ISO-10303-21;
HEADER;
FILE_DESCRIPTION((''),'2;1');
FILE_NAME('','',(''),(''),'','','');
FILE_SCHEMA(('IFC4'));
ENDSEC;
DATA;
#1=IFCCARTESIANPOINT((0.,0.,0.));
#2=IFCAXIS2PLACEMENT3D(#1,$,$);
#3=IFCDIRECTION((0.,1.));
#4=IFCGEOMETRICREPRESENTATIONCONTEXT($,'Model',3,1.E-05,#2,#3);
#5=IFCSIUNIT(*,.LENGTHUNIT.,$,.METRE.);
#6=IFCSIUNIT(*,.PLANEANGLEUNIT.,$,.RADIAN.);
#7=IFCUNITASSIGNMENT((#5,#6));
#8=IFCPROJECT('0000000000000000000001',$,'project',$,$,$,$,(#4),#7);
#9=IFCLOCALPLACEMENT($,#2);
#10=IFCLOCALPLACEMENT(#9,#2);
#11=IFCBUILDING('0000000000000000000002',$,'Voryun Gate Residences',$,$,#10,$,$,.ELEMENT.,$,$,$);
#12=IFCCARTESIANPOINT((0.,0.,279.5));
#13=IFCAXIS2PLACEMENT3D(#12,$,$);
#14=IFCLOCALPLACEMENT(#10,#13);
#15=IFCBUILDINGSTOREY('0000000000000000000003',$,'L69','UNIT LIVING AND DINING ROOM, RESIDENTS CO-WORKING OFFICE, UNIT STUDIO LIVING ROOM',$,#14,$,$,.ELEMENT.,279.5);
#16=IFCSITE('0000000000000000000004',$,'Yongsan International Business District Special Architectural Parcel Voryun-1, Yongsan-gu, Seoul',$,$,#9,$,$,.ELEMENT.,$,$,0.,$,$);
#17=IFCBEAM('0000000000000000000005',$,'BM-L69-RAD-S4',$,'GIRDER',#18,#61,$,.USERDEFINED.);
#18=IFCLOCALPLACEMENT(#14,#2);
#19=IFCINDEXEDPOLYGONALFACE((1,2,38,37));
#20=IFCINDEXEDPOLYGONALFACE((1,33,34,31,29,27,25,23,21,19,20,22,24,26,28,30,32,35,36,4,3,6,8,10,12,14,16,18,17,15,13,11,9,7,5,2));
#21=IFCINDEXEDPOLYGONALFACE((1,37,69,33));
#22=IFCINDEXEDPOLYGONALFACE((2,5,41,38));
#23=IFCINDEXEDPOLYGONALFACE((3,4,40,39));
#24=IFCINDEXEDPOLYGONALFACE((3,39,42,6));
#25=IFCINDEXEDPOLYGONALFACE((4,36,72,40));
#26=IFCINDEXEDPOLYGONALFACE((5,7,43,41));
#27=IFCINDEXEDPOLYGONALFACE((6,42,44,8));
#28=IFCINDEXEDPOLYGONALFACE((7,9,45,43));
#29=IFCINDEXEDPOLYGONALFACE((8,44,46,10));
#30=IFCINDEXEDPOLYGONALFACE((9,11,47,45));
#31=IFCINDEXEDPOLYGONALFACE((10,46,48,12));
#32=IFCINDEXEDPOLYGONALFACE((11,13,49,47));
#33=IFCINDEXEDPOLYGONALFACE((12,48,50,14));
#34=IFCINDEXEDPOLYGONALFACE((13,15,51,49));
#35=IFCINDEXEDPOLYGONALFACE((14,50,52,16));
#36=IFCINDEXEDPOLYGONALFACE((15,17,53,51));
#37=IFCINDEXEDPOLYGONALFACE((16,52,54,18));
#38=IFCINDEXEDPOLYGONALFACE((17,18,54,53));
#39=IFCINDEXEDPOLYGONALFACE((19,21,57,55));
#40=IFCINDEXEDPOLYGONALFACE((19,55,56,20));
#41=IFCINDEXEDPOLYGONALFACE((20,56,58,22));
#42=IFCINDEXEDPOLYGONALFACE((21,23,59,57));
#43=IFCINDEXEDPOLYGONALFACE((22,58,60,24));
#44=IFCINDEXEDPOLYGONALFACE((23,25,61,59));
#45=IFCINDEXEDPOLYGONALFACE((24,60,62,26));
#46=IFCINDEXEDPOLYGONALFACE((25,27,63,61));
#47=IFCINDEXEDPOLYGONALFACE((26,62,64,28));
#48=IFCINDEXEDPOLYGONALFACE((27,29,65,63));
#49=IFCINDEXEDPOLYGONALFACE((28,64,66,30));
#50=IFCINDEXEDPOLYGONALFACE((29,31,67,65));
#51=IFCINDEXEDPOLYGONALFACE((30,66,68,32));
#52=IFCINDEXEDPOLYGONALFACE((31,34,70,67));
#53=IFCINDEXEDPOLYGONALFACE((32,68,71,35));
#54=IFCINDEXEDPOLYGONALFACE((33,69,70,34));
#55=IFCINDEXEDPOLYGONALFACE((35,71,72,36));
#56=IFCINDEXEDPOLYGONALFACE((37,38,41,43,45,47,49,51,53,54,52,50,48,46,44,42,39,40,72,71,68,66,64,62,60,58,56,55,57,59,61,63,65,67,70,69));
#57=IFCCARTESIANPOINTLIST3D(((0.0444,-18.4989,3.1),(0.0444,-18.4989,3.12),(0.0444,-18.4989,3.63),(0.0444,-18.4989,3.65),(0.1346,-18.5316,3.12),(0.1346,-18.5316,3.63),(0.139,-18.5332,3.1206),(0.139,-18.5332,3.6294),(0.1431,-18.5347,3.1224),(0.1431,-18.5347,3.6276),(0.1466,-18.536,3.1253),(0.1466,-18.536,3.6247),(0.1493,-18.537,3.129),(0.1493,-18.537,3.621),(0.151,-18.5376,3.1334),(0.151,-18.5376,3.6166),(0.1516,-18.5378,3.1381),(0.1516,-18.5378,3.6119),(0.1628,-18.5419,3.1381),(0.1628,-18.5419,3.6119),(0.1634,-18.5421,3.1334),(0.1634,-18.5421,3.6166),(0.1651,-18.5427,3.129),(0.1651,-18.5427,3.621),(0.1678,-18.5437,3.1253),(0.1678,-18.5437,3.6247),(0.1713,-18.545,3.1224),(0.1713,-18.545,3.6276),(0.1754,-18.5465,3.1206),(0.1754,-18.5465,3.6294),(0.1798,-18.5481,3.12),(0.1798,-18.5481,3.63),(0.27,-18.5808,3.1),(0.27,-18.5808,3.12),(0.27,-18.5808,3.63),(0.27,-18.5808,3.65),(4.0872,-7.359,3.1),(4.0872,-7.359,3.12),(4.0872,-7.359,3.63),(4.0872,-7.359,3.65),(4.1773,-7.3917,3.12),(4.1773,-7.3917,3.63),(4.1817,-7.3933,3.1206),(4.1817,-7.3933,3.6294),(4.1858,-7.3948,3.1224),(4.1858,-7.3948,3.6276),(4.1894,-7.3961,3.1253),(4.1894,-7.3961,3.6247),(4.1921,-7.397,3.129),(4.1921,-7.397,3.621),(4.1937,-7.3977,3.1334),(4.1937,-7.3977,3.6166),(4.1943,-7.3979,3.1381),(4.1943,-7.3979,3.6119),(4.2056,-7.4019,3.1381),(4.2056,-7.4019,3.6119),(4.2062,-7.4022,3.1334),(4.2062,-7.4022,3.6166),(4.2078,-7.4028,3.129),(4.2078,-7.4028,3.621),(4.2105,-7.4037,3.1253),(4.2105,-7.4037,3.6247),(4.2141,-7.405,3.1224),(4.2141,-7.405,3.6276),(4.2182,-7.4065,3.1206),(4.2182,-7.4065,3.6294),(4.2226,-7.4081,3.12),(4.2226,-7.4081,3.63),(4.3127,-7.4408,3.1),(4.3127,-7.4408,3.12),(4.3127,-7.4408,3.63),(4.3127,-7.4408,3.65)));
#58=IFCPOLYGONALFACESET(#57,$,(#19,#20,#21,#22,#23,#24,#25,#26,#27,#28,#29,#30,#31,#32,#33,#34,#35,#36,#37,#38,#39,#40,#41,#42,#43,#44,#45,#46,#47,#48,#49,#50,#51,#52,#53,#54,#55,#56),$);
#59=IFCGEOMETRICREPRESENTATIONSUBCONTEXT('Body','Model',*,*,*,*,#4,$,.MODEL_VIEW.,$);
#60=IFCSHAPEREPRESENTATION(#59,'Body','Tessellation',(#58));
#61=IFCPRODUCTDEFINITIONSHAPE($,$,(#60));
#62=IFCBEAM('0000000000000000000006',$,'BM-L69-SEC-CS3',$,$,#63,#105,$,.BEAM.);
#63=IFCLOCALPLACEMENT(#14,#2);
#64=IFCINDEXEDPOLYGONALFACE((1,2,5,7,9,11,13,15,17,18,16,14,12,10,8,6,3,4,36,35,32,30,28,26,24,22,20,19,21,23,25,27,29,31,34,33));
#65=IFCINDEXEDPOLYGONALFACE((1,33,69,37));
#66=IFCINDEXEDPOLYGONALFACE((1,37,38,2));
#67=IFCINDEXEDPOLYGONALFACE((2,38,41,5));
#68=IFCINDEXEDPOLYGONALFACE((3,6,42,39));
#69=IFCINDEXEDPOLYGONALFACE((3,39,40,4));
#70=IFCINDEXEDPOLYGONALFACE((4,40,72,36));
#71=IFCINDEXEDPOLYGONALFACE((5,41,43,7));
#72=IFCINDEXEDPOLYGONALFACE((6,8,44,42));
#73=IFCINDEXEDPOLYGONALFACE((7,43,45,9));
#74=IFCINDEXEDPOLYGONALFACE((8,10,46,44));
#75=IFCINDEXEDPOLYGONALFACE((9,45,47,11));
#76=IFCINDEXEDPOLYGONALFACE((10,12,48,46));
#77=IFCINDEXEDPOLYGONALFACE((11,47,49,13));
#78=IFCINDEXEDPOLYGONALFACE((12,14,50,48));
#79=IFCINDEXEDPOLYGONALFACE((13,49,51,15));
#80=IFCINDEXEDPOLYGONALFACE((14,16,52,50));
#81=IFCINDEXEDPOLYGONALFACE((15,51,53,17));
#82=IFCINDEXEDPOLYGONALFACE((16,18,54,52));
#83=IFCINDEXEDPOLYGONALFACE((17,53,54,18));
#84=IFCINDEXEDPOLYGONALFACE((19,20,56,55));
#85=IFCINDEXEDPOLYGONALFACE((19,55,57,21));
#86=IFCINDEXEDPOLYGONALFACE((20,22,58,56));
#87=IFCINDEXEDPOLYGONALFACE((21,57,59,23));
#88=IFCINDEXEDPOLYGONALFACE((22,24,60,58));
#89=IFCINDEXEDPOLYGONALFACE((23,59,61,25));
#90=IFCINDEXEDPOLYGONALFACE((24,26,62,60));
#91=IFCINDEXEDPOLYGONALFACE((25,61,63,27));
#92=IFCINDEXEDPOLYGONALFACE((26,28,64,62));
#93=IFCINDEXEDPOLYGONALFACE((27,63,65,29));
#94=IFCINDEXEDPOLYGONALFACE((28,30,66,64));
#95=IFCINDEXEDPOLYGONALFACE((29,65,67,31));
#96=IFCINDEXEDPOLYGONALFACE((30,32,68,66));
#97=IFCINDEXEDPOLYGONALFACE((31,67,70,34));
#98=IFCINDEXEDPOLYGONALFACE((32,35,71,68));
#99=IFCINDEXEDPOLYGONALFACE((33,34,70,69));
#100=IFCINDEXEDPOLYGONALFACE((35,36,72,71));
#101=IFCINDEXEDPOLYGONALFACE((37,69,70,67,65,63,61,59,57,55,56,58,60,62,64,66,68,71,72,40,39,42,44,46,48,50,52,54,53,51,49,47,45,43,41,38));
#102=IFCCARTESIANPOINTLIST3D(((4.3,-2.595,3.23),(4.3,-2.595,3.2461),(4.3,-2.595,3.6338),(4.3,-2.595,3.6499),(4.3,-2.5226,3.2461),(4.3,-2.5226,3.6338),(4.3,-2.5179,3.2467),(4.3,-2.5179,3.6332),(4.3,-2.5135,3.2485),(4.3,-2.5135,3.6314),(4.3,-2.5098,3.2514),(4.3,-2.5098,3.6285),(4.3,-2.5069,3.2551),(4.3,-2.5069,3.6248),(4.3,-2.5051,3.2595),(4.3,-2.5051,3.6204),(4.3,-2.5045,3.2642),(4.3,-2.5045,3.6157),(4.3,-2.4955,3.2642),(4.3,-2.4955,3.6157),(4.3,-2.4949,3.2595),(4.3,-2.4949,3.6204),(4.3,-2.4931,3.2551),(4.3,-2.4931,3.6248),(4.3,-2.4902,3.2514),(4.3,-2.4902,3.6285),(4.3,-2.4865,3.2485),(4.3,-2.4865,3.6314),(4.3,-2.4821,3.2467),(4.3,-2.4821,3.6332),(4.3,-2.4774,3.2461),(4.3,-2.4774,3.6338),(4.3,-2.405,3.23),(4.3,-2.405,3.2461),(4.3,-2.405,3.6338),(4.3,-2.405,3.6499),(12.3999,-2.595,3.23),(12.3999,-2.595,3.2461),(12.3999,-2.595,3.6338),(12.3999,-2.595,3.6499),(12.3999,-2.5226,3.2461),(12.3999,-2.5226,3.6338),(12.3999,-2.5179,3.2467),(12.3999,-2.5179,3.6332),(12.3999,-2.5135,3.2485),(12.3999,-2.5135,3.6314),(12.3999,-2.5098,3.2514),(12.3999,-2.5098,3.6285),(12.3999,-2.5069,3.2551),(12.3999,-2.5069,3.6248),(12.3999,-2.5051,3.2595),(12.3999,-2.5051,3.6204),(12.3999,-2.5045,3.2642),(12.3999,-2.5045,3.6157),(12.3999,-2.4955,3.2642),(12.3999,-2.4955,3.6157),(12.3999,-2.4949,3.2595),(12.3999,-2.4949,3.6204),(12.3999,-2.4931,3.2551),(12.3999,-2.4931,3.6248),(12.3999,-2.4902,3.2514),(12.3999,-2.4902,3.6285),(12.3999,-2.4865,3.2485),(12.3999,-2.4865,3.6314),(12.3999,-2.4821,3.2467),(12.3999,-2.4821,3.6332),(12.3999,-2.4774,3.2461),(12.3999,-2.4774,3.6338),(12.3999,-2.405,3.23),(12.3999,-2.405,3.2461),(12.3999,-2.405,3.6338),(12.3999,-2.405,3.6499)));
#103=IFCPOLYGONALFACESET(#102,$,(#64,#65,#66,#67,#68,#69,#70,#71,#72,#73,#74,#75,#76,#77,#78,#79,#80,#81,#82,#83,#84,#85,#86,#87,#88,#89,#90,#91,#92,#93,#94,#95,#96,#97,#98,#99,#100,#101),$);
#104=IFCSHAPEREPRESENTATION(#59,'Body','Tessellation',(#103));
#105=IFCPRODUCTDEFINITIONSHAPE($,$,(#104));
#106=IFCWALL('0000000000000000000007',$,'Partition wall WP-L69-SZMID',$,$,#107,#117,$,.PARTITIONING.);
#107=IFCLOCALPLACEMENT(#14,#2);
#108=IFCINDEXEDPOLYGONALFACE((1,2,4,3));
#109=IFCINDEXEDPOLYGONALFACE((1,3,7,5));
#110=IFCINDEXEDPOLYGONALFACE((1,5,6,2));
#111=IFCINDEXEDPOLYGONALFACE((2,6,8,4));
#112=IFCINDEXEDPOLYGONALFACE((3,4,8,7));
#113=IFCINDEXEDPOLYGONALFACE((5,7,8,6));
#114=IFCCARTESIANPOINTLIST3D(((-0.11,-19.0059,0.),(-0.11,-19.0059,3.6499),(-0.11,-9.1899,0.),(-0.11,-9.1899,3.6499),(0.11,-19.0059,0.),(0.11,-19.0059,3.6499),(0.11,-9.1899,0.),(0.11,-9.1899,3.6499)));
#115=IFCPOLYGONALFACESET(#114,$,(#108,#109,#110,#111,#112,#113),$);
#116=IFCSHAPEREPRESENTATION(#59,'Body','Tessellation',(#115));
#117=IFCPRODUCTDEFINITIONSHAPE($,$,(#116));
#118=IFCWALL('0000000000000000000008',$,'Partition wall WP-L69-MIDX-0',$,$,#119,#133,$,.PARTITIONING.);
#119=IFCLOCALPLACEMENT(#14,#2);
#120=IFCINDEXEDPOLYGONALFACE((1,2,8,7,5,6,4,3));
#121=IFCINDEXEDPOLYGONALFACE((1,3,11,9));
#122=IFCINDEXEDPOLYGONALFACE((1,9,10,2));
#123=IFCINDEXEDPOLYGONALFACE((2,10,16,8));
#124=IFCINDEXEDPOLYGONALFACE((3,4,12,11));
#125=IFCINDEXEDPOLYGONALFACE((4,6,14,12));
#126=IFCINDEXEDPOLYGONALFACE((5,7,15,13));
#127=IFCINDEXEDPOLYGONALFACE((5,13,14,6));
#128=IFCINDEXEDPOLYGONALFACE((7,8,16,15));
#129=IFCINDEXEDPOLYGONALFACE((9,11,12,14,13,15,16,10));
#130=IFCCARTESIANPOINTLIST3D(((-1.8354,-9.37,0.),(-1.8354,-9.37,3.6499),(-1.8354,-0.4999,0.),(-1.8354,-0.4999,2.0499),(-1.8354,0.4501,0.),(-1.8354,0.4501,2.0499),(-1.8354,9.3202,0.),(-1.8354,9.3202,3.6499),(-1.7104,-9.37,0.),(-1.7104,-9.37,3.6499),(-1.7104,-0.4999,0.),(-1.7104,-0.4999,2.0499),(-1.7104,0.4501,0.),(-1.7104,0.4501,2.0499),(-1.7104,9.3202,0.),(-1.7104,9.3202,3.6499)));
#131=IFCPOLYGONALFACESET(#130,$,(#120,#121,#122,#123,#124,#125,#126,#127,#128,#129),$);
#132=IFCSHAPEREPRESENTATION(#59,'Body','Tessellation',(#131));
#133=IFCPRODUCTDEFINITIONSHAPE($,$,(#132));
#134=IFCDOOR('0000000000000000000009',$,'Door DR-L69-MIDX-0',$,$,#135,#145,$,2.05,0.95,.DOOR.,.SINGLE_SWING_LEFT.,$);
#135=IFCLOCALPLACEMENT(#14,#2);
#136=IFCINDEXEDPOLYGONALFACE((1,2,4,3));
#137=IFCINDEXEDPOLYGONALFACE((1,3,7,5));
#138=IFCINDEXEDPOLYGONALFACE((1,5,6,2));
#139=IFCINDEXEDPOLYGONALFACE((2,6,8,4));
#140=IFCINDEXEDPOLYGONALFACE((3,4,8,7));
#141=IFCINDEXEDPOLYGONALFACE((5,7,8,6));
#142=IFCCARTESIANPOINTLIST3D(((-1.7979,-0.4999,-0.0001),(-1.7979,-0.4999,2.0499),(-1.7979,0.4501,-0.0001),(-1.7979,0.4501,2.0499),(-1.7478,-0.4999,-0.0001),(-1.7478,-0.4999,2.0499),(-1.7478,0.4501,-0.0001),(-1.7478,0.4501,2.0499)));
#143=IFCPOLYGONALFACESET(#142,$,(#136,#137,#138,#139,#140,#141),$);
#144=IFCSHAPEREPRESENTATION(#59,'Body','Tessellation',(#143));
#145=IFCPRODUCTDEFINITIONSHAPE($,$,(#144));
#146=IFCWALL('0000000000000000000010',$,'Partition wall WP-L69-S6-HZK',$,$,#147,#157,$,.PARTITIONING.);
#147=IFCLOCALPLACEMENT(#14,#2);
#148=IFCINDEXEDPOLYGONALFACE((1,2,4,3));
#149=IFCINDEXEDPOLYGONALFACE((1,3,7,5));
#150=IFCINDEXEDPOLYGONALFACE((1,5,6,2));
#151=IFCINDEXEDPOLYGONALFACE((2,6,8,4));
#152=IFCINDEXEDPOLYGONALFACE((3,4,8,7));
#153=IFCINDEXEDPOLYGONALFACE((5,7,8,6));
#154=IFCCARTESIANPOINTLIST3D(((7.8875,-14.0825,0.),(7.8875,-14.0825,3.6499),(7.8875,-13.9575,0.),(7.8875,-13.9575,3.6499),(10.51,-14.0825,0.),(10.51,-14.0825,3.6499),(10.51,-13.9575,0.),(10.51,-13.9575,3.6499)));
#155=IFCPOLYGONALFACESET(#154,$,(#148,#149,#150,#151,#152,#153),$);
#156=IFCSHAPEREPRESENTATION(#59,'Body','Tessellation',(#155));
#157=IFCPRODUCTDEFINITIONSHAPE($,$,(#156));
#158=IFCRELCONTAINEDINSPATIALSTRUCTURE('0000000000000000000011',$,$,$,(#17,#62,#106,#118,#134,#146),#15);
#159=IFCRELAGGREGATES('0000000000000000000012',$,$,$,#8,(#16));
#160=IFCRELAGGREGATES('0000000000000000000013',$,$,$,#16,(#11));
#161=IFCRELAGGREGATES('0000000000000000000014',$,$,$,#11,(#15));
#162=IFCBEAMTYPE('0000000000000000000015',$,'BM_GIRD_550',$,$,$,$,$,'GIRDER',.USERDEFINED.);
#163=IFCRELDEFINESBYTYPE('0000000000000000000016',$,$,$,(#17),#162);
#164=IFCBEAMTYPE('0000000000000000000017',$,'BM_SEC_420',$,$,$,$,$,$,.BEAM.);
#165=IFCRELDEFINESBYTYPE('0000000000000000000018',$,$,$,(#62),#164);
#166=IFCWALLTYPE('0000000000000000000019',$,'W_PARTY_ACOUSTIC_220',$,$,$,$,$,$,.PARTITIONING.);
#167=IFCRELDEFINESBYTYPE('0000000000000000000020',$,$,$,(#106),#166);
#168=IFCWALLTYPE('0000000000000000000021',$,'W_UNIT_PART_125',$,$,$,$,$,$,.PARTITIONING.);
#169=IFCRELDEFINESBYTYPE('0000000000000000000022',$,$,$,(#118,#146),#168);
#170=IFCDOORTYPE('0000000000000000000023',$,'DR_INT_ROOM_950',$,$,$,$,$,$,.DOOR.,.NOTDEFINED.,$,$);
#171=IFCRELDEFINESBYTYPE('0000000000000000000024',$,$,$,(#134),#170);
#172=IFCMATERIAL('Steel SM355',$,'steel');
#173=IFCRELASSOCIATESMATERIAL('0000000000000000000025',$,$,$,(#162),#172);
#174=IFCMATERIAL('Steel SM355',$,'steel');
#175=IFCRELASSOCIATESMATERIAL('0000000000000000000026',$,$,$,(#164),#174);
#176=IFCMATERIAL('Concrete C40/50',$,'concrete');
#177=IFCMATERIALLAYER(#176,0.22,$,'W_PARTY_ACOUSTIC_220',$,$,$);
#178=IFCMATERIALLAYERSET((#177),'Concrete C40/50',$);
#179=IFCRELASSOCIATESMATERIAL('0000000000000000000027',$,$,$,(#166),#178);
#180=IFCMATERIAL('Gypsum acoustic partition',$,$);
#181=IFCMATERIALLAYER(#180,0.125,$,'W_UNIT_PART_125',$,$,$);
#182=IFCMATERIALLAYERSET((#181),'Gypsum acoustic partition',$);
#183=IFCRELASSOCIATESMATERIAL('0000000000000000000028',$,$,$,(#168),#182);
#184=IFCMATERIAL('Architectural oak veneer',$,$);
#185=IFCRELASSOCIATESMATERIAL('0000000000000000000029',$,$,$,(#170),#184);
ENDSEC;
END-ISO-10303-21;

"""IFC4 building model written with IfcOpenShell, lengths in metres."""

from ifc_helpers import new_model, si_unit, direction, frame, frame_2d, origin, origin_2d, place, context, subcontext, project, spatial, rectangle, i_section, extrude, material, layer, layer_set, material_profile, profile_set, type_object, element, fill, save


model = new_model("IFC4")

# Units and contexts
model_context = context("Model", 3, precision=1e-05, world=origin(), true_north=direction((0.0, 1.0)))
body_context = subcontext(model_context, "Body", "Model", "MODEL_VIEW")
ifc_project = project(units=[si_unit("LENGTHUNIT", "METRE"), si_unit("PLANEANGLEUNIT", "RADIAN")], contexts=[model_context])

# Site, building, storey
site_placement = place(None, origin())
site = spatial("IfcSite", under=ifc_project, at=site_placement, Name="Yongsan International Business District Special Architectural Parcel Voryun-1, Yongsan-gu, Seoul", CompositionType="ELEMENT", RefElevation=0.0)
building_placement = place(site_placement, origin())
building = spatial("IfcBuilding", under=site, at=building_placement, Name="Voryun Gate Residences", CompositionType="ELEMENT")
storey_placement = place(building_placement, frame((0.0, 0.0, 279.5)))
storey = spatial("IfcBuildingStorey", under=building, at=storey_placement, Name="L69", Description="UNIT LIVING AND DINING ROOM, RESIDENTS CO-WORKING OFFICE, UNIT STUDIO LIVING ROOM", CompositionType="ELEMENT", Elevation=279.5)

# Beams
ifc_material_1 = material(Name="Steel SM355", Category="steel")
ifc_material_profile_1 = material_profile(ifc_material_1, i_section(OverallWidth=0.24, OverallDepth=0.55, WebThickness=0.012, FlangeThickness=0.02, FilletRadius=0.0181, at=origin_2d()), Name="H-550x240x12x20")
ifc_profile_set_1 = profile_set([ifc_material_profile_1], Name="Steel SM355")
beam_type_1 = type_object("IfcBeamType", Name="BM_GIRD_550", ElementType="GIRDER", PredefinedType="USERDEFINED", material=ifc_profile_set_1)
beam_1_placement = place(storey_placement, frame((4.2, -7.3999, 3.375), z_axis=(-0.341136, -0.940014, 0.0), x_axis=(0.940014, -0.341136, 0.0)))
element("IfcBeam", 1, at=beam_1_placement, inside=storey, type_object=beam_type_1, Name="BM-L69-RAD-S4", ObjectType="GIRDER", PredefinedType="USERDEFINED", context=body_context, shape_type="SweptSolid", body=[
    extrude(i_section(OverallWidth=0.24, OverallDepth=0.55, WebThickness=0.012, FlangeThickness=0.02, FilletRadius=0.0181, at=origin_2d()), origin(), (0.0, 0.0, 1.0), 11.8508),
])
ifc_material_2 = material(Name="Steel SM355", Category="steel")
ifc_material_profile_2 = material_profile(ifc_material_2, i_section(OverallWidth=0.1899, OverallDepth=0.4199, WebThickness=0.009, FlangeThickness=0.0161, FilletRadius=0.0181, at=origin_2d()), Name="H-420x190x9x16")
ifc_profile_set_2 = profile_set([ifc_material_profile_2], Name="Steel SM355")
beam_type_2 = type_object("IfcBeamType", Name="BM_SEC_420", PredefinedType="BEAM", material=ifc_profile_set_2)
beam_2_placement = place(storey_placement, frame((4.3, -2.5, 3.4399), z_axis=(1.0, 0.0, 0.0), x_axis=(0.0, 1.0, 0.0)))
element("IfcBeam", 2, at=beam_2_placement, inside=storey, type_object=beam_type_2, Name="BM-L69-SEC-CS3", PredefinedType="BEAM", context=body_context, shape_type="SweptSolid", body=[
    extrude(i_section(OverallWidth=0.1899, OverallDepth=0.4199, WebThickness=0.009, FlangeThickness=0.0161, FilletRadius=0.0181, at=origin_2d()), origin(), (0.0, 0.0, 1.0), 8.0999),
])

# Wall
ifc_material_3 = material(Name="Concrete C40/50", Category="concrete")
ifc_layer_1 = layer(ifc_material_3, 0.22, Name="W_PARTY_ACOUSTIC_220")
ifc_layer_set_1 = layer_set([ifc_layer_1], Name="Concrete C40/50")
wall_type_1 = type_object("IfcWallType", Name="W_PARTY_ACOUSTIC_220", PredefinedType="PARTITIONING", material=ifc_layer_set_1)
wall_1_placement = place(storey_placement, frame((0.0, -19.0059, 0.0), z_axis=(0.0, 0.0, 1.0), x_axis=(0.0, 1.0, 0.0)))
element("IfcWall", 3, at=wall_1_placement, inside=storey, type_object=wall_type_1, Name="Partition wall WP-L69-SZMID", PredefinedType="PARTITIONING", context=body_context, shape_type="SweptSolid", body=[
    extrude(rectangle(XDim=9.8159, YDim=0.22, at=frame_2d((4.908, 0.0))), origin(), (0.0, 0.0, 1.0), 3.6499),
])

# Wall, opening, door
ifc_material_4 = material(Name="Gypsum acoustic partition")
ifc_layer_2 = layer(ifc_material_4, 0.125, Name="W_UNIT_PART_125")
ifc_layer_set_2 = layer_set([ifc_layer_2], Name="Gypsum acoustic partition")
wall_type_2 = type_object("IfcWallType", Name="W_UNIT_PART_125", PredefinedType="PARTITIONING", material=ifc_layer_set_2)
wall_2_placement = place(storey_placement, frame((-1.7729, -9.3701, 0.0), z_axis=(0.0, 0.0, 1.0), x_axis=(0.0, 1.0, 0.0)))
wall_2 = element("IfcWall", 4, at=wall_2_placement, inside=storey, type_object=wall_type_2, Name="Partition wall WP-L69-MIDX-0", PredefinedType="PARTITIONING", context=body_context, shape_type="SweptSolid", body=[
    extrude(rectangle(XDim=18.6902, YDim=0.125, at=frame_2d((9.3452, 0.0))), origin(), (0.0, 0.0, 1.0), 3.6499),
])
opening_1_placement = place(wall_2_placement, frame((8.8701, 0.0, 0.0)))
opening_1 = element("IfcOpeningElement", 5, at=opening_1_placement, cuts=wall_2, PredefinedType="OPENING", context=body_context, shape_type="SweptSolid", body=[
    extrude(rectangle(XDim=0.95, YDim=2.05, at=frame_2d((0.4751, 1.0249))), frame((0.0, 0.0725, 0.0), z_axis=(0.0, -1.0, 0.0), x_axis=(1.0, 0.0, 0.0)), (0.0, 0.0, 1.0), 0.145),
])
ifc_material_5 = material(Name="Architectural oak veneer")
door_type_1 = type_object("IfcDoorType", Name="DR_INT_ROOM_950", OperationType="NOTDEFINED", PredefinedType="DOOR", material=ifc_material_5)
door_1_placement = place(opening_1_placement, origin())
door_1 = element("IfcDoor", 6, at=door_1_placement, inside=storey, type_object=door_type_1, Name="Door DR-L69-MIDX-0", OperationType="SINGLE_SWING_LEFT", OverallHeight=2.05, OverallWidth=0.95, PredefinedType="DOOR", context=body_context, shape_type="SweptSolid", body=[
    extrude(rectangle(XDim=0.95, YDim=2.05, at=frame_2d((0.4751, 1.0249))), frame((0.0, 0.0249, 0.0), z_axis=(0.0, -1.0, 0.0), x_axis=(1.0, 0.0, 0.0)), (0.0, 0.0, 1.0), 0.05),
])
fill(opening_1, door_1)

# Wall
wall_3_placement = place(storey_placement, frame((7.8875, -14.02, 0.0), z_axis=(0.0, 0.0, 1.0), x_axis=(1.0, 0.0, 0.0)))
element("IfcWall", 7, at=wall_3_placement, inside=storey, type_object=wall_type_2, Name="Partition wall WP-L69-S6-HZK", PredefinedType="PARTITIONING", context=body_context, shape_type="SweptSolid", body=[
    extrude(rectangle(XDim=2.6226, YDim=0.125, at=frame_2d((1.3113, 0.0))), origin(), (0.0, 0.0, 1.0), 3.6499),
])

save(model, "model.ifc")
